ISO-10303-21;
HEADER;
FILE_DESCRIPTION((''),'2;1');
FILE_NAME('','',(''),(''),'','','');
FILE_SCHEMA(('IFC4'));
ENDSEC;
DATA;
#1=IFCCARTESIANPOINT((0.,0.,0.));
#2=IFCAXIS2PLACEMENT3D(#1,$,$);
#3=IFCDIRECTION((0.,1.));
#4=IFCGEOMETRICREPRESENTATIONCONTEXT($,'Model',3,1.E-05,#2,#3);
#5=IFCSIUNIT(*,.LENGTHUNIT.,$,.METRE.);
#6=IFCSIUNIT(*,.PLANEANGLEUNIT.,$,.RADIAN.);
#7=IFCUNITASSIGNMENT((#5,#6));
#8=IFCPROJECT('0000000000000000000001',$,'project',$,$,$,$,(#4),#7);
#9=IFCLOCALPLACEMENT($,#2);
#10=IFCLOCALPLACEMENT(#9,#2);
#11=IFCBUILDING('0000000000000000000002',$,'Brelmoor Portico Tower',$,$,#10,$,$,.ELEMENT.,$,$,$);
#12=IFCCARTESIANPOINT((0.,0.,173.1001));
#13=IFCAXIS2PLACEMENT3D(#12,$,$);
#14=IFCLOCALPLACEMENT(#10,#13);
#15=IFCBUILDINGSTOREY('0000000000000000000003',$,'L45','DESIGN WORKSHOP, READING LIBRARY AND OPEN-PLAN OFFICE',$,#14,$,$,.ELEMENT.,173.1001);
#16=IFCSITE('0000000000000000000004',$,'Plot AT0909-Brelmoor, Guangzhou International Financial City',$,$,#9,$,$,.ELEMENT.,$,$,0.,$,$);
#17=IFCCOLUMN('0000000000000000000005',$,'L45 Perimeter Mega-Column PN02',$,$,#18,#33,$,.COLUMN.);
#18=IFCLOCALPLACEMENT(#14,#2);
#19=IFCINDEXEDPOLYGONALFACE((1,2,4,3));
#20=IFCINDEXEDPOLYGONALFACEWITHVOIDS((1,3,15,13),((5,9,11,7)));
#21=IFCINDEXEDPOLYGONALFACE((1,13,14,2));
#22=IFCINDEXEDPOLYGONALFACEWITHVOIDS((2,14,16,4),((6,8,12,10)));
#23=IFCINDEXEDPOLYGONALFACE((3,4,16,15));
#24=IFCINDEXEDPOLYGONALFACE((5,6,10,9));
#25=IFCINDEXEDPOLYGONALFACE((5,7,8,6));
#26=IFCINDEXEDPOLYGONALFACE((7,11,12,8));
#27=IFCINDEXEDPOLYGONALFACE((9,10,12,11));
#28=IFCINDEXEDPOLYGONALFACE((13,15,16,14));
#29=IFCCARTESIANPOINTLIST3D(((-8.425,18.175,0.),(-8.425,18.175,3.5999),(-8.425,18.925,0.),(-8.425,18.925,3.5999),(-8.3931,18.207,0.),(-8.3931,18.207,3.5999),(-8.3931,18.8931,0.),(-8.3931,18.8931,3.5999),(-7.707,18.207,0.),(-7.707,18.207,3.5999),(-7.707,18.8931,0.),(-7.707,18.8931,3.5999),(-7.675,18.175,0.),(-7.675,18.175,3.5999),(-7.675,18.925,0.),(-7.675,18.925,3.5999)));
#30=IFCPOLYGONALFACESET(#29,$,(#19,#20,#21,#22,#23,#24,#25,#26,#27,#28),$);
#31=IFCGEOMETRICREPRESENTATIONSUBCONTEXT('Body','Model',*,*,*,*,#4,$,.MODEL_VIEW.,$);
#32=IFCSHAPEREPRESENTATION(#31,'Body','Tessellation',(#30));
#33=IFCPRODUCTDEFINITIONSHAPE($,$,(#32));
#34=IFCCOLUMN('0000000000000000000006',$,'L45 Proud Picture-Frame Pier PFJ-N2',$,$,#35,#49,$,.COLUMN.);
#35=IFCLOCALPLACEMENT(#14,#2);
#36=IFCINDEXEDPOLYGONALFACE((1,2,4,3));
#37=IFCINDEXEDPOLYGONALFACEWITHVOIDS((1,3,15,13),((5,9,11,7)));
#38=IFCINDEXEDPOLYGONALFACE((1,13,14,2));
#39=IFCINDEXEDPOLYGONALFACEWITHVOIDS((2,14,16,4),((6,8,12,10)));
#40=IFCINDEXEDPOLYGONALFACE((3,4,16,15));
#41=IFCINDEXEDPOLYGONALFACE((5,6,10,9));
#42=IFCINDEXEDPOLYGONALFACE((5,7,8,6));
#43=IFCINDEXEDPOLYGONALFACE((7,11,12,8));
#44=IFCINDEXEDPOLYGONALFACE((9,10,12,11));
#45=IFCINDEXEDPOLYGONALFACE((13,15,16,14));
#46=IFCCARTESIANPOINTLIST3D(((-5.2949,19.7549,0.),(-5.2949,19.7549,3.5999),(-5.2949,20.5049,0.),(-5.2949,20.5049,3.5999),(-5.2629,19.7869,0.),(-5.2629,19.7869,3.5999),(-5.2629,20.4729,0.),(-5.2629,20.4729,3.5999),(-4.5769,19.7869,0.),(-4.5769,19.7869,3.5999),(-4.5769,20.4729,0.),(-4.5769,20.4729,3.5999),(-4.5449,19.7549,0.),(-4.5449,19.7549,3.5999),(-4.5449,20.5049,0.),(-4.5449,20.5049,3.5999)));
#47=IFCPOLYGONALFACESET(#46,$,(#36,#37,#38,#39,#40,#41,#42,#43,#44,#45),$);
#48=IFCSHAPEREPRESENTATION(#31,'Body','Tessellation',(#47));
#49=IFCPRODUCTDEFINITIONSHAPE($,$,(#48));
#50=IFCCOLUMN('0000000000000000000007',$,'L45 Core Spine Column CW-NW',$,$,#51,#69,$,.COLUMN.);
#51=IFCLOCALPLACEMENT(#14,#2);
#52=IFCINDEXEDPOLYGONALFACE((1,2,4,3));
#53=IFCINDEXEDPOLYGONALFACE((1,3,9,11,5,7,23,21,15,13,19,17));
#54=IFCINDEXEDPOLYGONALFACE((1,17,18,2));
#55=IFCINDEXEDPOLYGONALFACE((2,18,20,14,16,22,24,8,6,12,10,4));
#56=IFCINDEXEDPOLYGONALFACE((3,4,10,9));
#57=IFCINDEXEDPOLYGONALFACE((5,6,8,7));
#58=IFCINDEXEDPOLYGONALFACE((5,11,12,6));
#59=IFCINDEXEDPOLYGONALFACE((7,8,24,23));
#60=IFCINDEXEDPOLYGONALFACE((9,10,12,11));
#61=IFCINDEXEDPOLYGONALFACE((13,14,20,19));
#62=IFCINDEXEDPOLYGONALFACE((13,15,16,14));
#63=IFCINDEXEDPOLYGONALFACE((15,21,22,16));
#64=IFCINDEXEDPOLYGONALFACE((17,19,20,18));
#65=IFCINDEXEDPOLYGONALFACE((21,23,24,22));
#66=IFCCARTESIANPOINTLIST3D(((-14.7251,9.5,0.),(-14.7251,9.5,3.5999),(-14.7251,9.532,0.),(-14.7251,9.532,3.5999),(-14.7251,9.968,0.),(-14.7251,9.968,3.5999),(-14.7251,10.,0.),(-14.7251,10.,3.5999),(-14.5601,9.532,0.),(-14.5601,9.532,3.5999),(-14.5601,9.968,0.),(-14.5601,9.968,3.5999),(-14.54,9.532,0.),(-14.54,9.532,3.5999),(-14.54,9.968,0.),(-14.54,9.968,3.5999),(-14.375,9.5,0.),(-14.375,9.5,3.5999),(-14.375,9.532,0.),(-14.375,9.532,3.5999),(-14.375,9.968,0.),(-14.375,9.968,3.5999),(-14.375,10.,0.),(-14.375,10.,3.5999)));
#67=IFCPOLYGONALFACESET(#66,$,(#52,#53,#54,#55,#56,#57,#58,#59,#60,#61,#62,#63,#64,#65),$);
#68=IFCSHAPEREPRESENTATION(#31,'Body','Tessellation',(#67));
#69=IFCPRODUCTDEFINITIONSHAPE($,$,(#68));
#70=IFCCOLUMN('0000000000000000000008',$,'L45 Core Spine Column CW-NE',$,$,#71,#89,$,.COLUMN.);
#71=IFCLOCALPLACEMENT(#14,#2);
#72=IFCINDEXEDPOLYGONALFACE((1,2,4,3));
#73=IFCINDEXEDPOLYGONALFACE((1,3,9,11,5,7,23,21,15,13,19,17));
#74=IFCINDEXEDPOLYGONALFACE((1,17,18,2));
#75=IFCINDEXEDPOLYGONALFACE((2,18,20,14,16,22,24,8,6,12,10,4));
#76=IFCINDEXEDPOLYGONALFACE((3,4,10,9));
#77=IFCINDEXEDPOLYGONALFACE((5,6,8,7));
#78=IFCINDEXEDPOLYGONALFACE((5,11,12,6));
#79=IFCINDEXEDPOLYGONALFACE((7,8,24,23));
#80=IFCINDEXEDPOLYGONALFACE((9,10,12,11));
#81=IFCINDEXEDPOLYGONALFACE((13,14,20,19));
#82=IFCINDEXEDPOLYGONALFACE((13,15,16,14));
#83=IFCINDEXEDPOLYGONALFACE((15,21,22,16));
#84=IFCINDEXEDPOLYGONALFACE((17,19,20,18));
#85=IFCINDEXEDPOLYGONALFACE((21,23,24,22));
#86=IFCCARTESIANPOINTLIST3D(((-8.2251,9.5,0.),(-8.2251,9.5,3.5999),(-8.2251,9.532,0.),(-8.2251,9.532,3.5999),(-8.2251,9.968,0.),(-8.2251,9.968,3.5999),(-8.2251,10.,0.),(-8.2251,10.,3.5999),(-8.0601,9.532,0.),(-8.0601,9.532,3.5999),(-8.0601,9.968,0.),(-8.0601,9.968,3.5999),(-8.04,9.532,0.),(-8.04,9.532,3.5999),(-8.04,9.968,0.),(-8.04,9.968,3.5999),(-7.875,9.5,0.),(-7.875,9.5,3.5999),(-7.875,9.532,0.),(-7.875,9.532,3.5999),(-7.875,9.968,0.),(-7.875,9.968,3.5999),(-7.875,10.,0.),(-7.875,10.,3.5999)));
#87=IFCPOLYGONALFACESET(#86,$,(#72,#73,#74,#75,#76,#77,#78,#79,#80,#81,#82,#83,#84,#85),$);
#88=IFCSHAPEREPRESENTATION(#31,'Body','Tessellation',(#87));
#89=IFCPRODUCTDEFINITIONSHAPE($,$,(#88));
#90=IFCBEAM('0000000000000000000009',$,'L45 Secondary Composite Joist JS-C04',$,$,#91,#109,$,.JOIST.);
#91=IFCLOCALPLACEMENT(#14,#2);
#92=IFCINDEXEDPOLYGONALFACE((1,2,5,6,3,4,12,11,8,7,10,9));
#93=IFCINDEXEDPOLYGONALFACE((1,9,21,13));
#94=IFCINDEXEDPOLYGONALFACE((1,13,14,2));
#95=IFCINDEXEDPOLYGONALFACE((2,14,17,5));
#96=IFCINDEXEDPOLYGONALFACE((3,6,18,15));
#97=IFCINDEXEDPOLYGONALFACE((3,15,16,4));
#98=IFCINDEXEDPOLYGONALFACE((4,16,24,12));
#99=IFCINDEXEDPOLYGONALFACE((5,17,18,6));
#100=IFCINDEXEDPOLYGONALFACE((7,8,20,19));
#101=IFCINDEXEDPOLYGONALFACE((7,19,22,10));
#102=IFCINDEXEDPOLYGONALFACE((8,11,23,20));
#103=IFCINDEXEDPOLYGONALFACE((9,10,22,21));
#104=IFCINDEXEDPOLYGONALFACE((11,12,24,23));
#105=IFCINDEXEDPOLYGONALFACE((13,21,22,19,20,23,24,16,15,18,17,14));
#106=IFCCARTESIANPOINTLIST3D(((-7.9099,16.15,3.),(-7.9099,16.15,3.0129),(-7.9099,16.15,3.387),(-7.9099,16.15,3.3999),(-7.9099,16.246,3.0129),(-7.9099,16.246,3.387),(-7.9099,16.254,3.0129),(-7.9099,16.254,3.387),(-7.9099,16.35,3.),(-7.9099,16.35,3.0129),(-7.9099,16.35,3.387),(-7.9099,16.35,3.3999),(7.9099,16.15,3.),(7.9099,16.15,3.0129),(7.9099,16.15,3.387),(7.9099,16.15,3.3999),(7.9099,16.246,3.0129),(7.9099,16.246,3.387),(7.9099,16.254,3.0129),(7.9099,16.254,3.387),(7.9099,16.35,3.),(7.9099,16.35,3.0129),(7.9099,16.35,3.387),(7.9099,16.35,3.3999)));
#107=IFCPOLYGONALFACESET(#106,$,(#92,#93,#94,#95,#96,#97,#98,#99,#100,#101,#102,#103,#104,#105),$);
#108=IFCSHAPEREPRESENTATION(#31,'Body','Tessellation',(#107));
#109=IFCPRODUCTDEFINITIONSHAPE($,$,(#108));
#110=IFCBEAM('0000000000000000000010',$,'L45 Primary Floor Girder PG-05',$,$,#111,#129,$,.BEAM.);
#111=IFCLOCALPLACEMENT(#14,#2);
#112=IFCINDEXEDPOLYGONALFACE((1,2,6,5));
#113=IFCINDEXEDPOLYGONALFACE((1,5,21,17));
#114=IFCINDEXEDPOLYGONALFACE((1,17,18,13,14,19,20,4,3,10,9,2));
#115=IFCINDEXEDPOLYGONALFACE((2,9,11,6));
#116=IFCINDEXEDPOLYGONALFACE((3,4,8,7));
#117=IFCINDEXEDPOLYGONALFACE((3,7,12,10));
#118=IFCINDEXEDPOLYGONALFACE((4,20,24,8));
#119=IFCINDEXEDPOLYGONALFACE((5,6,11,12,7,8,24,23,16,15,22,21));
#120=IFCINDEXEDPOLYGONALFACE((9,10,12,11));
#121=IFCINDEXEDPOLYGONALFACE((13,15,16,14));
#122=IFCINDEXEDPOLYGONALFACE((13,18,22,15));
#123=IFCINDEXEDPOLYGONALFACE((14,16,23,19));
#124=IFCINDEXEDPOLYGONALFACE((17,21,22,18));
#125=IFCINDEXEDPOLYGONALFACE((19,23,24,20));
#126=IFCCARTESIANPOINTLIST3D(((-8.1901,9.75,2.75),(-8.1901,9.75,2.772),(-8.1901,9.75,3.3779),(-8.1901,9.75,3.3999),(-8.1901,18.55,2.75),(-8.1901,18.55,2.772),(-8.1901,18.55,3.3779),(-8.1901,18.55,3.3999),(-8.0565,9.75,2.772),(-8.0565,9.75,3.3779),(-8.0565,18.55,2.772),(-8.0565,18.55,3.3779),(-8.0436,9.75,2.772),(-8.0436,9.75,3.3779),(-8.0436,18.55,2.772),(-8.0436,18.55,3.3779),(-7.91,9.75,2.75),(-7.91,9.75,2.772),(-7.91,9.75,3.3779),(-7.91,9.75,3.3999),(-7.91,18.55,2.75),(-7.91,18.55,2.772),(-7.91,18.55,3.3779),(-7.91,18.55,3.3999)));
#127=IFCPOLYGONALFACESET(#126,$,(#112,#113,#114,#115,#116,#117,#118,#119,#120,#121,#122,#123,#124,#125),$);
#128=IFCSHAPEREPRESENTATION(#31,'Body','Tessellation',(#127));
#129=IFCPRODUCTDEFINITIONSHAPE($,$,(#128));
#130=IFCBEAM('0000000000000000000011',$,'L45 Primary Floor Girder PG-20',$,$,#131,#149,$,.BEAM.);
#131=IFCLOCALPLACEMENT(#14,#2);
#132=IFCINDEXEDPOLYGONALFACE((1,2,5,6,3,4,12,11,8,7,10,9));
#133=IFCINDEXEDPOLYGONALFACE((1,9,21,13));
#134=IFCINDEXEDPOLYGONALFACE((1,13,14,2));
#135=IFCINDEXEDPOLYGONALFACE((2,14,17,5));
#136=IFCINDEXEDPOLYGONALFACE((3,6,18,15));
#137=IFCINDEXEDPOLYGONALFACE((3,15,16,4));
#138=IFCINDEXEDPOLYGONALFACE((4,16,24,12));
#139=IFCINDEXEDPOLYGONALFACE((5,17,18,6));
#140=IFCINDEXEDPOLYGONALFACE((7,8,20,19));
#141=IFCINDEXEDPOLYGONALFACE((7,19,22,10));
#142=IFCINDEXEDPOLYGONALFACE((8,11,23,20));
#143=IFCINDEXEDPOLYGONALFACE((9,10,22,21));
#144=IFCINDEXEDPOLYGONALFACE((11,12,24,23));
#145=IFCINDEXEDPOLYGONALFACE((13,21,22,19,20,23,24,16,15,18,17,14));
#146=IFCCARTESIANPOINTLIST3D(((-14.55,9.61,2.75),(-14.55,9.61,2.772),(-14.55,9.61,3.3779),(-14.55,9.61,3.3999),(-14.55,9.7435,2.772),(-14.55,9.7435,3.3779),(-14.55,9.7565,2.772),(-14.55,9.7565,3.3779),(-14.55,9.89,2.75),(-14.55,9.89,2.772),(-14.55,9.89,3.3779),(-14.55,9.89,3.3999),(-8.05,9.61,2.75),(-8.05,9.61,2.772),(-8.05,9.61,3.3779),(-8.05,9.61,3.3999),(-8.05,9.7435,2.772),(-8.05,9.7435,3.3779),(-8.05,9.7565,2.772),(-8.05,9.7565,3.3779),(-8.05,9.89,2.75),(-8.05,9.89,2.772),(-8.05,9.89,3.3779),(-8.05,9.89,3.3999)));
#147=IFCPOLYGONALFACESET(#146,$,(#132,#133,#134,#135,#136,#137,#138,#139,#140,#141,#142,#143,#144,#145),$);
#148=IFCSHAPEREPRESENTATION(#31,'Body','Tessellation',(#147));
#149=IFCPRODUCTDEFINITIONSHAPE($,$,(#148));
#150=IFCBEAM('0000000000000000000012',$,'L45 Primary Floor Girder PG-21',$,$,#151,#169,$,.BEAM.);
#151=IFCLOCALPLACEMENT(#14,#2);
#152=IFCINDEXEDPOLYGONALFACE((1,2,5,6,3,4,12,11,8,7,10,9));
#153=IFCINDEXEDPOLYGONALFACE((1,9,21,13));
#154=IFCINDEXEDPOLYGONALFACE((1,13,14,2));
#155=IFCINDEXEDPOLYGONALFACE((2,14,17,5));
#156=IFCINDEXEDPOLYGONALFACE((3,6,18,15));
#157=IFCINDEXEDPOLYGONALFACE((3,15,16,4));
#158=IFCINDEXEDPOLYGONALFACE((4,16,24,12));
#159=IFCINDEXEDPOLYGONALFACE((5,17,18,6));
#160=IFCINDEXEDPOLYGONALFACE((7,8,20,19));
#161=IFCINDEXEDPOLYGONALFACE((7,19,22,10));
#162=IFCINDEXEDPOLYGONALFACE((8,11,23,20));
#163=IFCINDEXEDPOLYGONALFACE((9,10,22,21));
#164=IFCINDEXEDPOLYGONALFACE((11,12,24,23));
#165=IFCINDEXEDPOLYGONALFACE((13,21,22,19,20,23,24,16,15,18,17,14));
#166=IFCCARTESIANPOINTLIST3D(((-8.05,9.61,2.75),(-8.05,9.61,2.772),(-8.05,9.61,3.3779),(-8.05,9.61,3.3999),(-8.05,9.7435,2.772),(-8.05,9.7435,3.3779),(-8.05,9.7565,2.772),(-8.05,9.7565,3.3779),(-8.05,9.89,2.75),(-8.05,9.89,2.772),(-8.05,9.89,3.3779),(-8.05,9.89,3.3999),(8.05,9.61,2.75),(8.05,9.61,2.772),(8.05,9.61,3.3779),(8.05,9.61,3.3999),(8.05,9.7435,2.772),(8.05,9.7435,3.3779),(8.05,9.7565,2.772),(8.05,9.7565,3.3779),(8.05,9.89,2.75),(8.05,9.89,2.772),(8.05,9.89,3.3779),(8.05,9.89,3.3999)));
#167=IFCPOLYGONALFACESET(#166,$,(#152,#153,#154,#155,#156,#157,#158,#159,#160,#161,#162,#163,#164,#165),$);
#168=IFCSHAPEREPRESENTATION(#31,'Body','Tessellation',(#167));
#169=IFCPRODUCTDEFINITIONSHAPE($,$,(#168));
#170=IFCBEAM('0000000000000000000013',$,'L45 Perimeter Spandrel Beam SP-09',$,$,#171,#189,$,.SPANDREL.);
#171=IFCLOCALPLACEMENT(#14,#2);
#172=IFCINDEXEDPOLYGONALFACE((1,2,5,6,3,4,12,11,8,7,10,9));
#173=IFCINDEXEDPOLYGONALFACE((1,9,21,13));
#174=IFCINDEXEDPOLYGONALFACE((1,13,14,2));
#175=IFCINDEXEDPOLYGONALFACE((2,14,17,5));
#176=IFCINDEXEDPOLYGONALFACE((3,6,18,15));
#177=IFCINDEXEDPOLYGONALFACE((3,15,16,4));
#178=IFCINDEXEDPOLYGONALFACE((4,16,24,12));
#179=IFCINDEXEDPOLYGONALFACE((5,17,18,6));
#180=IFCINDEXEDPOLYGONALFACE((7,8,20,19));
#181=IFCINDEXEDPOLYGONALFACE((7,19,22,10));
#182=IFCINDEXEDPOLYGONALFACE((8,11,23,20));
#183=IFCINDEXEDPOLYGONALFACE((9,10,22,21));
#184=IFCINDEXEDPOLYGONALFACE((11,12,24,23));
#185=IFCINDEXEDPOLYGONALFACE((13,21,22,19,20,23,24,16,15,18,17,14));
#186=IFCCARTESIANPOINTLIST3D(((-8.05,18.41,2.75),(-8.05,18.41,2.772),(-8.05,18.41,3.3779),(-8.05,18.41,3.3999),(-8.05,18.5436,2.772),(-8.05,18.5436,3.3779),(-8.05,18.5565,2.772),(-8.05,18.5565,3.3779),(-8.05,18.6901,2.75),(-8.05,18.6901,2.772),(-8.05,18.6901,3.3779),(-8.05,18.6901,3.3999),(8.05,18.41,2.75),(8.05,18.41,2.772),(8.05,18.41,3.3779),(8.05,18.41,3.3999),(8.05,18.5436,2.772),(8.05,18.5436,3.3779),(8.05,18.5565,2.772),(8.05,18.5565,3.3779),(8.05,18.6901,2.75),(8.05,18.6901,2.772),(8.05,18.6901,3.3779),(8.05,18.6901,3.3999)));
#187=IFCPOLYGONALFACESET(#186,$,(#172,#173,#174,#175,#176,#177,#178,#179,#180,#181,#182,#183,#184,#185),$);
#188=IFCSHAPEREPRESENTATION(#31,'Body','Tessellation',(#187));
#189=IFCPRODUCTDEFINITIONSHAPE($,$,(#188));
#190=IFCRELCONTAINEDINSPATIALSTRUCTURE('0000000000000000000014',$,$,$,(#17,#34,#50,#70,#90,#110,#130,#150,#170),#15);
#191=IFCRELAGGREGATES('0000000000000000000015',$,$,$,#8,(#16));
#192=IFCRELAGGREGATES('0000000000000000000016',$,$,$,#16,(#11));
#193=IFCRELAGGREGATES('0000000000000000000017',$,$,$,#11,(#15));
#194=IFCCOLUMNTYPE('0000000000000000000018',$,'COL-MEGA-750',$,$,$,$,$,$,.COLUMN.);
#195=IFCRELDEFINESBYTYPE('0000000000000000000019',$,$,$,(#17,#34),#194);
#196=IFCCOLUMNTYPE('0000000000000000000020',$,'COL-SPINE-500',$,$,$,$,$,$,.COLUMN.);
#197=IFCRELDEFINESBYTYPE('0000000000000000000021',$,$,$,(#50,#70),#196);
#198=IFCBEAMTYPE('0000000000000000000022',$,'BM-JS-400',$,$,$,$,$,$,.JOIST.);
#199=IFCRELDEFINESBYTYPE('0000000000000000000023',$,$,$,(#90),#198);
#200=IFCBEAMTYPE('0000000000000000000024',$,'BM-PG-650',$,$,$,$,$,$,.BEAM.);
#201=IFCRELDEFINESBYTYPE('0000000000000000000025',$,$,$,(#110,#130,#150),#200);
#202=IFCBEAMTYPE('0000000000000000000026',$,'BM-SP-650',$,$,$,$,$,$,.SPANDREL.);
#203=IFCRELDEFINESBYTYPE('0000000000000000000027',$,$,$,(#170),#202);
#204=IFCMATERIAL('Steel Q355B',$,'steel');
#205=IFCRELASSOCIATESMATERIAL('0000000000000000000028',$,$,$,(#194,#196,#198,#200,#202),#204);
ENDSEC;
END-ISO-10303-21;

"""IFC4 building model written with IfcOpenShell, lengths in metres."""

from ifc_helpers import new_model, si_unit, direction, frame, origin, origin_2d, place, context, subcontext, project, spatial, hollow_rectangle, i_section, extrude, material, material_profile, profile_set, type_object, element, save


model = new_model("IFC4")

# Units and contexts
model_context = context("Model", 3, precision=1e-05, world=origin(), true_north=direction((0.0, 1.0)))
body_context = subcontext(model_context, "Body", "Model", "MODEL_VIEW")
ifc_project = project(units=[si_unit("LENGTHUNIT", "METRE"), si_unit("PLANEANGLEUNIT", "RADIAN")], contexts=[model_context])

# Site, building, storey
site_placement = place(None, origin())
site = spatial("IfcSite", under=ifc_project, at=site_placement, Name="Plot AT0909-Brelmoor, Guangzhou International Financial City", CompositionType="ELEMENT", RefElevation=0.0)
building_placement = place(site_placement, origin())
building = spatial("IfcBuilding", under=site, at=building_placement, Name="Brelmoor Portico Tower", CompositionType="ELEMENT")
storey_placement = place(building_placement, frame((0.0, 0.0, 173.1001)))
storey = spatial("IfcBuildingStorey", under=building, at=storey_placement, Name="L45", Description="DESIGN WORKSHOP, READING LIBRARY AND OPEN-PLAN OFFICE", CompositionType="ELEMENT", Elevation=173.1001)

# Columns
ifc_material_1 = material(Name="Steel Q355B", Category="steel")
ifc_material_profile_1 = material_profile(ifc_material_1, hollow_rectangle(XDim=0.75, YDim=0.75, WallThickness=0.032, at=origin_2d()), Name="BOX 750x750x32")
ifc_profile_set_1 = profile_set([ifc_material_profile_1], Name="Steel Q355B")
column_type_1 = type_object("IfcColumnType", Name="COL-MEGA-750", PredefinedType="COLUMN", material=ifc_profile_set_1)
for number, where, z_axis, x_axis, name in (
    (1, (-8.05, 18.55, 0.0), (0.0, 0.0, 1.0), (1.0, 0.0, 0.0), "L45 Perimeter Mega-Column PN02"),
    (2, (-4.9199, 20.1299, 0.0), (0.0, 0.0, 1.0), (1.0, 0.0, 0.0), "L45 Proud Picture-Frame Pier PFJ-N2"),
):
    element("IfcColumn", number, at=place(storey_placement, frame(where, z_axis=z_axis, x_axis=x_axis)), inside=storey, type_object=column_type_1, Name=name, PredefinedType="COLUMN", context=body_context, shape_type="SweptSolid", body=[
        extrude(hollow_rectangle(XDim=0.75, YDim=0.75, WallThickness=0.032, at=origin_2d()), origin(), (0.0, 0.0, 1.0), 3.5999),
    ])
ifc_material_profile_2 = material_profile(ifc_material_1, i_section(OverallWidth=0.3501, OverallDepth=0.5, WebThickness=0.02, FlangeThickness=0.032, at=origin_2d()), Name="HW 500x350x20x32")
ifc_profile_set_2 = profile_set([ifc_material_profile_2], Name="Steel Q355B")
column_type_2 = type_object("IfcColumnType", Name="COL-SPINE-500", PredefinedType="COLUMN", material=ifc_profile_set_2)
for number, where, z_axis, x_axis, name in (
    (3, (-14.55, 9.75, 0.0), (0.0, 0.0, 1.0), (1.0, 0.0, 0.0), "L45 Core Spine Column CW-NW"),
    (4, (-8.05, 9.75, 0.0), (0.0, 0.0, 1.0), (1.0, 0.0, 0.0), "L45 Core Spine Column CW-NE"),
):
    element("IfcColumn", number, at=place(storey_placement, frame(where, z_axis=z_axis, x_axis=x_axis)), inside=storey, type_object=column_type_2, Name=name, PredefinedType="COLUMN", context=body_context, shape_type="SweptSolid", body=[
        extrude(i_section(OverallWidth=0.3501, OverallDepth=0.5, WebThickness=0.02, FlangeThickness=0.032, at=origin_2d()), origin(), (0.0, 0.0, 1.0), 3.5999),
    ])

# Beams
ifc_material_profile_3 = material_profile(ifc_material_1, i_section(OverallWidth=0.2, OverallDepth=0.3999, WebThickness=0.0081, FlangeThickness=0.0129, at=origin_2d()), Name="HN 400x200x8x13")
ifc_profile_set_3 = profile_set([ifc_material_profile_3], Name="Steel Q355B")
beam_type_1 = type_object("IfcBeamType", Name="BM-JS-400", PredefinedType="JOIST", material=ifc_profile_set_3)
beam_1_placement = place(storey_placement, frame((-7.9099, 16.25, 3.2), z_axis=(1.0, 0.0, 0.0), x_axis=(0.0, 1.0, 0.0)))
element("IfcBeam", 5, at=beam_1_placement, inside=storey, type_object=beam_type_1, Name="L45 Secondary Composite Joist JS-C04", PredefinedType="JOIST", context=body_context, shape_type="SweptSolid", body=[
    extrude(i_section(OverallWidth=0.2, OverallDepth=0.3999, WebThickness=0.0081, FlangeThickness=0.0129, at=origin_2d()), origin(), (0.0, 0.0, 1.0), 15.8198),
])
ifc_material_profile_4 = material_profile(ifc_material_1, i_section(OverallWidth=0.28, OverallDepth=0.6499, WebThickness=0.0129, FlangeThickness=0.022, at=origin_2d()), Name="HN 650x280x13x22")
ifc_profile_set_4 = profile_set([ifc_material_profile_4], Name="Steel Q355B")
beam_type_2 = type_object("IfcBeamType", Name="BM-PG-650", PredefinedType="BEAM", material=ifc_profile_set_4)
beam_2_placement = place(storey_placement, frame((-8.05, 9.75, 3.075), z_axis=(0.0, 1.0, 0.0), x_axis=(-1.0, 0.0, 0.0)))
element("IfcBeam", 6, at=beam_2_placement, inside=storey, type_object=beam_type_2, Name="L45 Primary Floor Girder PG-05", PredefinedType="BEAM", context=body_context, shape_type="SweptSolid", body=[
    extrude(i_section(OverallWidth=0.28, OverallDepth=0.6499, WebThickness=0.0129, FlangeThickness=0.022, at=origin_2d()), origin(), (0.0, 0.0, 1.0), 8.8),
])
beam_3_placement = place(storey_placement, frame((-14.55, 9.75, 3.075), z_axis=(1.0, 0.0, 0.0), x_axis=(0.0, 1.0, 0.0)))
element("IfcBeam", 7, at=beam_3_placement, inside=storey, type_object=beam_type_2, Name="L45 Primary Floor Girder PG-20", PredefinedType="BEAM", context=body_context, shape_type="SweptSolid", body=[
    extrude(i_section(OverallWidth=0.28, OverallDepth=0.6499, WebThickness=0.0129, FlangeThickness=0.022, at=origin_2d()), origin(), (0.0, 0.0, 1.0), 6.5),
])
beam_4_placement = place(storey_placement, frame((-8.05, 9.75, 3.075), z_axis=(1.0, 0.0, 0.0), x_axis=(0.0, 1.0, 0.0)))
element("IfcBeam", 8, at=beam_4_placement, inside=storey, type_object=beam_type_2, Name="L45 Primary Floor Girder PG-21", PredefinedType="BEAM", context=body_context, shape_type="SweptSolid", body=[
    extrude(i_section(OverallWidth=0.28, OverallDepth=0.6499, WebThickness=0.0129, FlangeThickness=0.022, at=origin_2d()), origin(), (0.0, 0.0, 1.0), 16.1001),
])
ifc_material_profile_5 = material_profile(ifc_material_1, i_section(OverallWidth=0.28, OverallDepth=0.6499, WebThickness=0.0129, FlangeThickness=0.022, at=origin_2d()), Name="HN 650x280x13x22")
ifc_profile_set_5 = profile_set([ifc_material_profile_5], Name="Steel Q355B")
beam_type_3 = type_object("IfcBeamType", Name="BM-SP-650", PredefinedType="SPANDREL", material=ifc_profile_set_5)
beam_5_placement = place(storey_placement, frame((-8.05, 18.55, 3.075), z_axis=(1.0, 0.0, 0.0), x_axis=(0.0, 1.0, 0.0)))
element("IfcBeam", 9, at=beam_5_placement, inside=storey, type_object=beam_type_3, Name="L45 Perimeter Spandrel Beam SP-09", PredefinedType="SPANDREL", context=body_context, shape_type="SweptSolid", body=[
    extrude(i_section(OverallWidth=0.28, OverallDepth=0.6499, WebThickness=0.0129, FlangeThickness=0.022, at=origin_2d()), origin(), (0.0, 0.0, 1.0), 16.1001),
])

save(model, "model.ifc")
